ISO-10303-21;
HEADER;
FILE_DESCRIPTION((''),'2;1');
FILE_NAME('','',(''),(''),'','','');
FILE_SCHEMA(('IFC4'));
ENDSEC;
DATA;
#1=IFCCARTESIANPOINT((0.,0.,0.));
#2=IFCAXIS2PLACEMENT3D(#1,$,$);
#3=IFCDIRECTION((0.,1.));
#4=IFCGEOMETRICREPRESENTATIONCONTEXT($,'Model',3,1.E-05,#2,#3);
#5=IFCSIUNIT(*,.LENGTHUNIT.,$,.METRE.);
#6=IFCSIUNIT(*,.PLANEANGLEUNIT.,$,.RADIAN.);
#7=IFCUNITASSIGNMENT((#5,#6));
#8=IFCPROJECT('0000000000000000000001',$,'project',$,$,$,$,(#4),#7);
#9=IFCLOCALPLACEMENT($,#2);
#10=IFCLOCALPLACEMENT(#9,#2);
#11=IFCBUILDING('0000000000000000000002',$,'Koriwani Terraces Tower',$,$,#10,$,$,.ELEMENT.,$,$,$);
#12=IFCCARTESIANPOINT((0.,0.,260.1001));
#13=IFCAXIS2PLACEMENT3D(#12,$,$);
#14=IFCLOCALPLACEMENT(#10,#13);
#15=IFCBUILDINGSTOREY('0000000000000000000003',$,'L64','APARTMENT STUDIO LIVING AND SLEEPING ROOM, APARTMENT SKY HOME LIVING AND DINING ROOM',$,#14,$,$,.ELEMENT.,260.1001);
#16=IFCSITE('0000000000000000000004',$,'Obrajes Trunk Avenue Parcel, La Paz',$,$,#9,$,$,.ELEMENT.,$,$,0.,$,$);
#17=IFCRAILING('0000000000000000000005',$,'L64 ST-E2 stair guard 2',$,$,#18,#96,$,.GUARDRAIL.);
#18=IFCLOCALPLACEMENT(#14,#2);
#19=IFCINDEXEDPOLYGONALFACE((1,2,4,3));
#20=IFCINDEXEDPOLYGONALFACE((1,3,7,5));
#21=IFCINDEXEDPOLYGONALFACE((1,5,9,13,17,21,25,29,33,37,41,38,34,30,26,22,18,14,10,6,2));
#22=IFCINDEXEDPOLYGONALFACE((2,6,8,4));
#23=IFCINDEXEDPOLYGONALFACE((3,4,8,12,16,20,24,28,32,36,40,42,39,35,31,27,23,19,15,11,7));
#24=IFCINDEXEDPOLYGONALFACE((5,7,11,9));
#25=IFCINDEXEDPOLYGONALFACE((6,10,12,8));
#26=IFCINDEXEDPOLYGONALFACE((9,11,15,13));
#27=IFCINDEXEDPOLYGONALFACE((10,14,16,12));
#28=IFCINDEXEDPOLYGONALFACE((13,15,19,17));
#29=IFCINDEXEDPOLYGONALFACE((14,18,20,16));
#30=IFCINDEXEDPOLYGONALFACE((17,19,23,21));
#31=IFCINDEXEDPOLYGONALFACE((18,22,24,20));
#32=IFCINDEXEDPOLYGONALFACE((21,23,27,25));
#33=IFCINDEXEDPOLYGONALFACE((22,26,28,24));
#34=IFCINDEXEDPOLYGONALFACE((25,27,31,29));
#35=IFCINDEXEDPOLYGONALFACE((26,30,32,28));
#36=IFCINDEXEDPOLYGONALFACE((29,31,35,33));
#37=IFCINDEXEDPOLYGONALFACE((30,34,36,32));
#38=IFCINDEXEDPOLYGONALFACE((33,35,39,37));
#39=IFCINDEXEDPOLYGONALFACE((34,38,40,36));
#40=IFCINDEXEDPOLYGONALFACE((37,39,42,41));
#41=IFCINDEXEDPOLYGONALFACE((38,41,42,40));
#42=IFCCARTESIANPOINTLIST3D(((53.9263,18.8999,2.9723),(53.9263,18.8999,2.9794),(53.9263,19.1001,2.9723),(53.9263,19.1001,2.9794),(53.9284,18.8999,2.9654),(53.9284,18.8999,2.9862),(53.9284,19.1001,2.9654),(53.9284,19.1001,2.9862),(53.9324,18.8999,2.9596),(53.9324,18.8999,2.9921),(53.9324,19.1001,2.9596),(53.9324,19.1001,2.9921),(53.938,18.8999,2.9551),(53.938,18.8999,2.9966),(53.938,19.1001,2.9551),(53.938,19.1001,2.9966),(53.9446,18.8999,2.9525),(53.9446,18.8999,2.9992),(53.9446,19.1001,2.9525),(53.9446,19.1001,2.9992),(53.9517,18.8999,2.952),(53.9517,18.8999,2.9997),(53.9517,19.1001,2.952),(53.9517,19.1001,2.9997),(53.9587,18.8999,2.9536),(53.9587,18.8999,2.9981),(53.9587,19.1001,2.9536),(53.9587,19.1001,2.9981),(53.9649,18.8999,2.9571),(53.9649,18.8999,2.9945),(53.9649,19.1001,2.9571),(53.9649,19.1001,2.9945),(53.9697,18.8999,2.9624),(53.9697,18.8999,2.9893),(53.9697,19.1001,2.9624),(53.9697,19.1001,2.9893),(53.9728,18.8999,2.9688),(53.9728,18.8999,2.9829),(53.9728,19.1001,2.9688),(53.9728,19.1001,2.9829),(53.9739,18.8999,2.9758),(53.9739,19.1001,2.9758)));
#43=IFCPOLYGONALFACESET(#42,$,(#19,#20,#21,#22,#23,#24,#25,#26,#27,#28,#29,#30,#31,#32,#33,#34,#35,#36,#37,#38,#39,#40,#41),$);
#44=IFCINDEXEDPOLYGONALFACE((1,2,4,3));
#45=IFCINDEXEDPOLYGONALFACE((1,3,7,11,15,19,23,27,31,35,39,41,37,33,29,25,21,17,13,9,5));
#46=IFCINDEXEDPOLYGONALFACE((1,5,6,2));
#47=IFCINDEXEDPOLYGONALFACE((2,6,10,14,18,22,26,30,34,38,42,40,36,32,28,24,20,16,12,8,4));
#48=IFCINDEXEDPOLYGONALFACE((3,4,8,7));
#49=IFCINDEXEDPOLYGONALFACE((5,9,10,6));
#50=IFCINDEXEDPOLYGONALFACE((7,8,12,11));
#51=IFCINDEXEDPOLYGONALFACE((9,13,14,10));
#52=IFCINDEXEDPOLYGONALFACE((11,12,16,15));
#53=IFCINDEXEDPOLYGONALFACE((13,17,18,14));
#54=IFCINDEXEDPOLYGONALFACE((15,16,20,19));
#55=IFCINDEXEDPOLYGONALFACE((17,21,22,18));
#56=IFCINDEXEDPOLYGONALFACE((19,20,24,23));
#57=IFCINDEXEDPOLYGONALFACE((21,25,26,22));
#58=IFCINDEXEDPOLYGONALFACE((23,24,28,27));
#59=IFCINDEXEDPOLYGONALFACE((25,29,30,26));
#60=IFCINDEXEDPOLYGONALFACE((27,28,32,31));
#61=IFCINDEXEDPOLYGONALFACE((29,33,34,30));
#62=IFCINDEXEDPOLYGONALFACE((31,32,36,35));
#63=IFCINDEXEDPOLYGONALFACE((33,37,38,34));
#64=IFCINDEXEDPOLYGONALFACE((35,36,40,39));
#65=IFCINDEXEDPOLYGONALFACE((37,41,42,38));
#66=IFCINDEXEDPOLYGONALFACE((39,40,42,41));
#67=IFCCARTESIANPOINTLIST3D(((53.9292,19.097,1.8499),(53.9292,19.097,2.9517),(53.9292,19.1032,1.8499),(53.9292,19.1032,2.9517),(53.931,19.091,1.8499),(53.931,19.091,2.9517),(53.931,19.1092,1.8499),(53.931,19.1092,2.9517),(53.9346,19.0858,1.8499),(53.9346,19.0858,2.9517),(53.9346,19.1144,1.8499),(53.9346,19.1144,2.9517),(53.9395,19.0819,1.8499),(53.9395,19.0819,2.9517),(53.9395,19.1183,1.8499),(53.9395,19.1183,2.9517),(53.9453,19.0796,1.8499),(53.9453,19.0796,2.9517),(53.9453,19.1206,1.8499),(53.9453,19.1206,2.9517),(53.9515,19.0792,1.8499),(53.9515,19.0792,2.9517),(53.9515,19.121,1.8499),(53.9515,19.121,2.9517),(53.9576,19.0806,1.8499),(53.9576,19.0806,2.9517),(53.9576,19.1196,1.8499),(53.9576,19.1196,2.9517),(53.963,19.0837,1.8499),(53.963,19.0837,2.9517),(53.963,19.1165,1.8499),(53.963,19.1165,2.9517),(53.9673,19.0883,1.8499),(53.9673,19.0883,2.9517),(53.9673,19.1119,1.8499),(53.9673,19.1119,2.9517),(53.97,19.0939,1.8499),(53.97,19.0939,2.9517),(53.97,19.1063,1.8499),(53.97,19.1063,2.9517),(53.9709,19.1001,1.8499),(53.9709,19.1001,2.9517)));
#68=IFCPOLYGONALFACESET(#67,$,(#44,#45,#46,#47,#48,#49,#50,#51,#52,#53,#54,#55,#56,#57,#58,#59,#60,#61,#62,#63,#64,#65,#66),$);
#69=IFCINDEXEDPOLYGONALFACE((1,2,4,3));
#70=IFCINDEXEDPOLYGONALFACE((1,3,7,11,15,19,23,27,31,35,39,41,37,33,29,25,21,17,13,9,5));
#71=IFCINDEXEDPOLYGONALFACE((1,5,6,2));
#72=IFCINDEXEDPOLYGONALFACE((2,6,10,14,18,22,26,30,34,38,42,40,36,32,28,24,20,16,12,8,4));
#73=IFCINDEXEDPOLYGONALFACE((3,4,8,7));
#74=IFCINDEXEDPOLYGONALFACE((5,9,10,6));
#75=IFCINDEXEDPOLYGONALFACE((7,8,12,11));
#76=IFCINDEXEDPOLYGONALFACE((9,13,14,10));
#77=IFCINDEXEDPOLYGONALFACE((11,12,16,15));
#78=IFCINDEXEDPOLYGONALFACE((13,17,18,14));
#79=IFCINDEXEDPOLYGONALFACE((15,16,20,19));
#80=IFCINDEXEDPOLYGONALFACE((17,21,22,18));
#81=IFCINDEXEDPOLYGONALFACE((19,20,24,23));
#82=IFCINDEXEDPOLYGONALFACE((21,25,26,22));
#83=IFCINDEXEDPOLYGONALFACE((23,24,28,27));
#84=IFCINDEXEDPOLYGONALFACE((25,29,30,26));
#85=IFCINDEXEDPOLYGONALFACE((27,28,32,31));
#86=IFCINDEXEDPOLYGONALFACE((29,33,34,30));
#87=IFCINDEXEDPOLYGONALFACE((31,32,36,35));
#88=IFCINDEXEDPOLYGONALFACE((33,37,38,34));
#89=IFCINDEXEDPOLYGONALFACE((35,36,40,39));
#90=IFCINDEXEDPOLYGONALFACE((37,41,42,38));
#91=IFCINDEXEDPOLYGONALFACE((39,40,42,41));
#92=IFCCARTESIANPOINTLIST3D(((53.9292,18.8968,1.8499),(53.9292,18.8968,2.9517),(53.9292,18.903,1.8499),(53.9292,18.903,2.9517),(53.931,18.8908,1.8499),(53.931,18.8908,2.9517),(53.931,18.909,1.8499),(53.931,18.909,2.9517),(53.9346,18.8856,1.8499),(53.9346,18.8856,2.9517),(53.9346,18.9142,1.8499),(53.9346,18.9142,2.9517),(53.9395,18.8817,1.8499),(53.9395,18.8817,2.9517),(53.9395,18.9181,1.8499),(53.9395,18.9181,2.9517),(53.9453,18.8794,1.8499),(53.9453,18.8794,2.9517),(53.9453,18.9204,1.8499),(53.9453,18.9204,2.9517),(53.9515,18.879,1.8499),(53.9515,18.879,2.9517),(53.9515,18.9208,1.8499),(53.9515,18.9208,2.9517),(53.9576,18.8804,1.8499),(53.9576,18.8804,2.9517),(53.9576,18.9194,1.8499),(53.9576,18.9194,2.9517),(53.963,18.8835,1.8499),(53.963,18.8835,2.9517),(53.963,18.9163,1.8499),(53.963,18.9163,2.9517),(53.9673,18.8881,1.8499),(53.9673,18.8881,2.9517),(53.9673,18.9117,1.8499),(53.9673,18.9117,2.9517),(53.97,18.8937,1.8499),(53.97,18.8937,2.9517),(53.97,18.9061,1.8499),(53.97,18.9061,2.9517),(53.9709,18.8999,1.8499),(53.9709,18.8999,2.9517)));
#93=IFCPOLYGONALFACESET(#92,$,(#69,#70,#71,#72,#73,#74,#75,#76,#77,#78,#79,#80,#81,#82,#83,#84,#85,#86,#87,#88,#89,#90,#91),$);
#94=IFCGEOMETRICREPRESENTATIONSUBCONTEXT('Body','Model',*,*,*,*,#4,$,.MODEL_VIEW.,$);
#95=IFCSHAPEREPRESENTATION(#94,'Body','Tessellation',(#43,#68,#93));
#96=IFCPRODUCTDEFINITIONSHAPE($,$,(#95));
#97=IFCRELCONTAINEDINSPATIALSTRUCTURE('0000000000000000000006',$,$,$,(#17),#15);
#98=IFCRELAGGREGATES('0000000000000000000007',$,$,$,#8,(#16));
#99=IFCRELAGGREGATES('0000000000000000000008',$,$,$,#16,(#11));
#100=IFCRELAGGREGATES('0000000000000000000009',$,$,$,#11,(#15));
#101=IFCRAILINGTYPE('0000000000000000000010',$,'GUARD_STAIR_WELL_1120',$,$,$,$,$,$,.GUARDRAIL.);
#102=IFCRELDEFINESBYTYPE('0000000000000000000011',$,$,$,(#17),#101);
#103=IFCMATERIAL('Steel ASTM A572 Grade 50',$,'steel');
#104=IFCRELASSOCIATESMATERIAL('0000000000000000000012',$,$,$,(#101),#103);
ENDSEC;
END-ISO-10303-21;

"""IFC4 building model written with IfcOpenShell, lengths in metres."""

from ifc_helpers import new_model, si_unit, direction, frame, origin, origin_2d, place, context, subcontext, project, spatial, circle, extrude, material, type_object, element, save


model = new_model("IFC4")

# Units and contexts
model_context = context("Model", 3, precision=1e-05, world=origin(), true_north=direction((0.0, 1.0)))
body_context = subcontext(model_context, "Body", "Model", "MODEL_VIEW")
ifc_project = project(units=[si_unit("LENGTHUNIT", "METRE"), si_unit("PLANEANGLEUNIT", "RADIAN")], contexts=[model_context])

# Site, building, storey
site_placement = place(None, origin())
site = spatial("IfcSite", under=ifc_project, at=site_placement, Name="Obrajes Trunk Avenue Parcel, La Paz", CompositionType="ELEMENT", RefElevation=0.0)
building_placement = place(site_placement, origin())
building = spatial("IfcBuilding", under=site, at=building_placement, Name="Koriwani Terraces Tower", CompositionType="ELEMENT")
storey_placement = place(building_placement, frame((0.0, 0.0, 260.1001)))
storey = spatial("IfcBuildingStorey", under=building, at=storey_placement, Name="L64", Description="APARTMENT STUDIO LIVING AND SLEEPING ROOM, APARTMENT SKY HOME LIVING AND DINING ROOM", CompositionType="ELEMENT", Elevation=260.1001)

# Shared definitions
ifc_material_1 = material(Name="Steel ASTM A572 Grade 50", Category="steel")

# Railing
railing_type_1 = type_object("IfcRailingType", Name="GUARD_STAIR_WELL_1120", PredefinedType="GUARDRAIL", material=ifc_material_1)
railing_1_placement = place(storey_placement, frame((53.95, 19.1001, 1.8499)))
element("IfcRailing", 1, at=railing_1_placement, inside=storey, type_object=railing_type_1, Name="L64 ST-E2 stair guard 2", PredefinedType="GUARDRAIL", context=body_context, shape_type="SweptSolid", body=[
    extrude(circle(Radius=0.0239, at=origin_2d()), frame((0.0, 0.0, 1.126), z_axis=(0.0, -1.0, 0.0), x_axis=(1.0, 0.0, 0.0)), (0.0, 0.0, 1.0), 0.2002),
    extrude(circle(Radius=0.021, at=origin_2d()), origin(), (0.0, 0.0, 1.0), 1.1018),
    extrude(circle(Radius=0.021, at=origin_2d()), frame((0.0, -0.2002, 0.0)), (0.0, 0.0, 1.0), 1.1018),
])

save(model, "model.ifc")
